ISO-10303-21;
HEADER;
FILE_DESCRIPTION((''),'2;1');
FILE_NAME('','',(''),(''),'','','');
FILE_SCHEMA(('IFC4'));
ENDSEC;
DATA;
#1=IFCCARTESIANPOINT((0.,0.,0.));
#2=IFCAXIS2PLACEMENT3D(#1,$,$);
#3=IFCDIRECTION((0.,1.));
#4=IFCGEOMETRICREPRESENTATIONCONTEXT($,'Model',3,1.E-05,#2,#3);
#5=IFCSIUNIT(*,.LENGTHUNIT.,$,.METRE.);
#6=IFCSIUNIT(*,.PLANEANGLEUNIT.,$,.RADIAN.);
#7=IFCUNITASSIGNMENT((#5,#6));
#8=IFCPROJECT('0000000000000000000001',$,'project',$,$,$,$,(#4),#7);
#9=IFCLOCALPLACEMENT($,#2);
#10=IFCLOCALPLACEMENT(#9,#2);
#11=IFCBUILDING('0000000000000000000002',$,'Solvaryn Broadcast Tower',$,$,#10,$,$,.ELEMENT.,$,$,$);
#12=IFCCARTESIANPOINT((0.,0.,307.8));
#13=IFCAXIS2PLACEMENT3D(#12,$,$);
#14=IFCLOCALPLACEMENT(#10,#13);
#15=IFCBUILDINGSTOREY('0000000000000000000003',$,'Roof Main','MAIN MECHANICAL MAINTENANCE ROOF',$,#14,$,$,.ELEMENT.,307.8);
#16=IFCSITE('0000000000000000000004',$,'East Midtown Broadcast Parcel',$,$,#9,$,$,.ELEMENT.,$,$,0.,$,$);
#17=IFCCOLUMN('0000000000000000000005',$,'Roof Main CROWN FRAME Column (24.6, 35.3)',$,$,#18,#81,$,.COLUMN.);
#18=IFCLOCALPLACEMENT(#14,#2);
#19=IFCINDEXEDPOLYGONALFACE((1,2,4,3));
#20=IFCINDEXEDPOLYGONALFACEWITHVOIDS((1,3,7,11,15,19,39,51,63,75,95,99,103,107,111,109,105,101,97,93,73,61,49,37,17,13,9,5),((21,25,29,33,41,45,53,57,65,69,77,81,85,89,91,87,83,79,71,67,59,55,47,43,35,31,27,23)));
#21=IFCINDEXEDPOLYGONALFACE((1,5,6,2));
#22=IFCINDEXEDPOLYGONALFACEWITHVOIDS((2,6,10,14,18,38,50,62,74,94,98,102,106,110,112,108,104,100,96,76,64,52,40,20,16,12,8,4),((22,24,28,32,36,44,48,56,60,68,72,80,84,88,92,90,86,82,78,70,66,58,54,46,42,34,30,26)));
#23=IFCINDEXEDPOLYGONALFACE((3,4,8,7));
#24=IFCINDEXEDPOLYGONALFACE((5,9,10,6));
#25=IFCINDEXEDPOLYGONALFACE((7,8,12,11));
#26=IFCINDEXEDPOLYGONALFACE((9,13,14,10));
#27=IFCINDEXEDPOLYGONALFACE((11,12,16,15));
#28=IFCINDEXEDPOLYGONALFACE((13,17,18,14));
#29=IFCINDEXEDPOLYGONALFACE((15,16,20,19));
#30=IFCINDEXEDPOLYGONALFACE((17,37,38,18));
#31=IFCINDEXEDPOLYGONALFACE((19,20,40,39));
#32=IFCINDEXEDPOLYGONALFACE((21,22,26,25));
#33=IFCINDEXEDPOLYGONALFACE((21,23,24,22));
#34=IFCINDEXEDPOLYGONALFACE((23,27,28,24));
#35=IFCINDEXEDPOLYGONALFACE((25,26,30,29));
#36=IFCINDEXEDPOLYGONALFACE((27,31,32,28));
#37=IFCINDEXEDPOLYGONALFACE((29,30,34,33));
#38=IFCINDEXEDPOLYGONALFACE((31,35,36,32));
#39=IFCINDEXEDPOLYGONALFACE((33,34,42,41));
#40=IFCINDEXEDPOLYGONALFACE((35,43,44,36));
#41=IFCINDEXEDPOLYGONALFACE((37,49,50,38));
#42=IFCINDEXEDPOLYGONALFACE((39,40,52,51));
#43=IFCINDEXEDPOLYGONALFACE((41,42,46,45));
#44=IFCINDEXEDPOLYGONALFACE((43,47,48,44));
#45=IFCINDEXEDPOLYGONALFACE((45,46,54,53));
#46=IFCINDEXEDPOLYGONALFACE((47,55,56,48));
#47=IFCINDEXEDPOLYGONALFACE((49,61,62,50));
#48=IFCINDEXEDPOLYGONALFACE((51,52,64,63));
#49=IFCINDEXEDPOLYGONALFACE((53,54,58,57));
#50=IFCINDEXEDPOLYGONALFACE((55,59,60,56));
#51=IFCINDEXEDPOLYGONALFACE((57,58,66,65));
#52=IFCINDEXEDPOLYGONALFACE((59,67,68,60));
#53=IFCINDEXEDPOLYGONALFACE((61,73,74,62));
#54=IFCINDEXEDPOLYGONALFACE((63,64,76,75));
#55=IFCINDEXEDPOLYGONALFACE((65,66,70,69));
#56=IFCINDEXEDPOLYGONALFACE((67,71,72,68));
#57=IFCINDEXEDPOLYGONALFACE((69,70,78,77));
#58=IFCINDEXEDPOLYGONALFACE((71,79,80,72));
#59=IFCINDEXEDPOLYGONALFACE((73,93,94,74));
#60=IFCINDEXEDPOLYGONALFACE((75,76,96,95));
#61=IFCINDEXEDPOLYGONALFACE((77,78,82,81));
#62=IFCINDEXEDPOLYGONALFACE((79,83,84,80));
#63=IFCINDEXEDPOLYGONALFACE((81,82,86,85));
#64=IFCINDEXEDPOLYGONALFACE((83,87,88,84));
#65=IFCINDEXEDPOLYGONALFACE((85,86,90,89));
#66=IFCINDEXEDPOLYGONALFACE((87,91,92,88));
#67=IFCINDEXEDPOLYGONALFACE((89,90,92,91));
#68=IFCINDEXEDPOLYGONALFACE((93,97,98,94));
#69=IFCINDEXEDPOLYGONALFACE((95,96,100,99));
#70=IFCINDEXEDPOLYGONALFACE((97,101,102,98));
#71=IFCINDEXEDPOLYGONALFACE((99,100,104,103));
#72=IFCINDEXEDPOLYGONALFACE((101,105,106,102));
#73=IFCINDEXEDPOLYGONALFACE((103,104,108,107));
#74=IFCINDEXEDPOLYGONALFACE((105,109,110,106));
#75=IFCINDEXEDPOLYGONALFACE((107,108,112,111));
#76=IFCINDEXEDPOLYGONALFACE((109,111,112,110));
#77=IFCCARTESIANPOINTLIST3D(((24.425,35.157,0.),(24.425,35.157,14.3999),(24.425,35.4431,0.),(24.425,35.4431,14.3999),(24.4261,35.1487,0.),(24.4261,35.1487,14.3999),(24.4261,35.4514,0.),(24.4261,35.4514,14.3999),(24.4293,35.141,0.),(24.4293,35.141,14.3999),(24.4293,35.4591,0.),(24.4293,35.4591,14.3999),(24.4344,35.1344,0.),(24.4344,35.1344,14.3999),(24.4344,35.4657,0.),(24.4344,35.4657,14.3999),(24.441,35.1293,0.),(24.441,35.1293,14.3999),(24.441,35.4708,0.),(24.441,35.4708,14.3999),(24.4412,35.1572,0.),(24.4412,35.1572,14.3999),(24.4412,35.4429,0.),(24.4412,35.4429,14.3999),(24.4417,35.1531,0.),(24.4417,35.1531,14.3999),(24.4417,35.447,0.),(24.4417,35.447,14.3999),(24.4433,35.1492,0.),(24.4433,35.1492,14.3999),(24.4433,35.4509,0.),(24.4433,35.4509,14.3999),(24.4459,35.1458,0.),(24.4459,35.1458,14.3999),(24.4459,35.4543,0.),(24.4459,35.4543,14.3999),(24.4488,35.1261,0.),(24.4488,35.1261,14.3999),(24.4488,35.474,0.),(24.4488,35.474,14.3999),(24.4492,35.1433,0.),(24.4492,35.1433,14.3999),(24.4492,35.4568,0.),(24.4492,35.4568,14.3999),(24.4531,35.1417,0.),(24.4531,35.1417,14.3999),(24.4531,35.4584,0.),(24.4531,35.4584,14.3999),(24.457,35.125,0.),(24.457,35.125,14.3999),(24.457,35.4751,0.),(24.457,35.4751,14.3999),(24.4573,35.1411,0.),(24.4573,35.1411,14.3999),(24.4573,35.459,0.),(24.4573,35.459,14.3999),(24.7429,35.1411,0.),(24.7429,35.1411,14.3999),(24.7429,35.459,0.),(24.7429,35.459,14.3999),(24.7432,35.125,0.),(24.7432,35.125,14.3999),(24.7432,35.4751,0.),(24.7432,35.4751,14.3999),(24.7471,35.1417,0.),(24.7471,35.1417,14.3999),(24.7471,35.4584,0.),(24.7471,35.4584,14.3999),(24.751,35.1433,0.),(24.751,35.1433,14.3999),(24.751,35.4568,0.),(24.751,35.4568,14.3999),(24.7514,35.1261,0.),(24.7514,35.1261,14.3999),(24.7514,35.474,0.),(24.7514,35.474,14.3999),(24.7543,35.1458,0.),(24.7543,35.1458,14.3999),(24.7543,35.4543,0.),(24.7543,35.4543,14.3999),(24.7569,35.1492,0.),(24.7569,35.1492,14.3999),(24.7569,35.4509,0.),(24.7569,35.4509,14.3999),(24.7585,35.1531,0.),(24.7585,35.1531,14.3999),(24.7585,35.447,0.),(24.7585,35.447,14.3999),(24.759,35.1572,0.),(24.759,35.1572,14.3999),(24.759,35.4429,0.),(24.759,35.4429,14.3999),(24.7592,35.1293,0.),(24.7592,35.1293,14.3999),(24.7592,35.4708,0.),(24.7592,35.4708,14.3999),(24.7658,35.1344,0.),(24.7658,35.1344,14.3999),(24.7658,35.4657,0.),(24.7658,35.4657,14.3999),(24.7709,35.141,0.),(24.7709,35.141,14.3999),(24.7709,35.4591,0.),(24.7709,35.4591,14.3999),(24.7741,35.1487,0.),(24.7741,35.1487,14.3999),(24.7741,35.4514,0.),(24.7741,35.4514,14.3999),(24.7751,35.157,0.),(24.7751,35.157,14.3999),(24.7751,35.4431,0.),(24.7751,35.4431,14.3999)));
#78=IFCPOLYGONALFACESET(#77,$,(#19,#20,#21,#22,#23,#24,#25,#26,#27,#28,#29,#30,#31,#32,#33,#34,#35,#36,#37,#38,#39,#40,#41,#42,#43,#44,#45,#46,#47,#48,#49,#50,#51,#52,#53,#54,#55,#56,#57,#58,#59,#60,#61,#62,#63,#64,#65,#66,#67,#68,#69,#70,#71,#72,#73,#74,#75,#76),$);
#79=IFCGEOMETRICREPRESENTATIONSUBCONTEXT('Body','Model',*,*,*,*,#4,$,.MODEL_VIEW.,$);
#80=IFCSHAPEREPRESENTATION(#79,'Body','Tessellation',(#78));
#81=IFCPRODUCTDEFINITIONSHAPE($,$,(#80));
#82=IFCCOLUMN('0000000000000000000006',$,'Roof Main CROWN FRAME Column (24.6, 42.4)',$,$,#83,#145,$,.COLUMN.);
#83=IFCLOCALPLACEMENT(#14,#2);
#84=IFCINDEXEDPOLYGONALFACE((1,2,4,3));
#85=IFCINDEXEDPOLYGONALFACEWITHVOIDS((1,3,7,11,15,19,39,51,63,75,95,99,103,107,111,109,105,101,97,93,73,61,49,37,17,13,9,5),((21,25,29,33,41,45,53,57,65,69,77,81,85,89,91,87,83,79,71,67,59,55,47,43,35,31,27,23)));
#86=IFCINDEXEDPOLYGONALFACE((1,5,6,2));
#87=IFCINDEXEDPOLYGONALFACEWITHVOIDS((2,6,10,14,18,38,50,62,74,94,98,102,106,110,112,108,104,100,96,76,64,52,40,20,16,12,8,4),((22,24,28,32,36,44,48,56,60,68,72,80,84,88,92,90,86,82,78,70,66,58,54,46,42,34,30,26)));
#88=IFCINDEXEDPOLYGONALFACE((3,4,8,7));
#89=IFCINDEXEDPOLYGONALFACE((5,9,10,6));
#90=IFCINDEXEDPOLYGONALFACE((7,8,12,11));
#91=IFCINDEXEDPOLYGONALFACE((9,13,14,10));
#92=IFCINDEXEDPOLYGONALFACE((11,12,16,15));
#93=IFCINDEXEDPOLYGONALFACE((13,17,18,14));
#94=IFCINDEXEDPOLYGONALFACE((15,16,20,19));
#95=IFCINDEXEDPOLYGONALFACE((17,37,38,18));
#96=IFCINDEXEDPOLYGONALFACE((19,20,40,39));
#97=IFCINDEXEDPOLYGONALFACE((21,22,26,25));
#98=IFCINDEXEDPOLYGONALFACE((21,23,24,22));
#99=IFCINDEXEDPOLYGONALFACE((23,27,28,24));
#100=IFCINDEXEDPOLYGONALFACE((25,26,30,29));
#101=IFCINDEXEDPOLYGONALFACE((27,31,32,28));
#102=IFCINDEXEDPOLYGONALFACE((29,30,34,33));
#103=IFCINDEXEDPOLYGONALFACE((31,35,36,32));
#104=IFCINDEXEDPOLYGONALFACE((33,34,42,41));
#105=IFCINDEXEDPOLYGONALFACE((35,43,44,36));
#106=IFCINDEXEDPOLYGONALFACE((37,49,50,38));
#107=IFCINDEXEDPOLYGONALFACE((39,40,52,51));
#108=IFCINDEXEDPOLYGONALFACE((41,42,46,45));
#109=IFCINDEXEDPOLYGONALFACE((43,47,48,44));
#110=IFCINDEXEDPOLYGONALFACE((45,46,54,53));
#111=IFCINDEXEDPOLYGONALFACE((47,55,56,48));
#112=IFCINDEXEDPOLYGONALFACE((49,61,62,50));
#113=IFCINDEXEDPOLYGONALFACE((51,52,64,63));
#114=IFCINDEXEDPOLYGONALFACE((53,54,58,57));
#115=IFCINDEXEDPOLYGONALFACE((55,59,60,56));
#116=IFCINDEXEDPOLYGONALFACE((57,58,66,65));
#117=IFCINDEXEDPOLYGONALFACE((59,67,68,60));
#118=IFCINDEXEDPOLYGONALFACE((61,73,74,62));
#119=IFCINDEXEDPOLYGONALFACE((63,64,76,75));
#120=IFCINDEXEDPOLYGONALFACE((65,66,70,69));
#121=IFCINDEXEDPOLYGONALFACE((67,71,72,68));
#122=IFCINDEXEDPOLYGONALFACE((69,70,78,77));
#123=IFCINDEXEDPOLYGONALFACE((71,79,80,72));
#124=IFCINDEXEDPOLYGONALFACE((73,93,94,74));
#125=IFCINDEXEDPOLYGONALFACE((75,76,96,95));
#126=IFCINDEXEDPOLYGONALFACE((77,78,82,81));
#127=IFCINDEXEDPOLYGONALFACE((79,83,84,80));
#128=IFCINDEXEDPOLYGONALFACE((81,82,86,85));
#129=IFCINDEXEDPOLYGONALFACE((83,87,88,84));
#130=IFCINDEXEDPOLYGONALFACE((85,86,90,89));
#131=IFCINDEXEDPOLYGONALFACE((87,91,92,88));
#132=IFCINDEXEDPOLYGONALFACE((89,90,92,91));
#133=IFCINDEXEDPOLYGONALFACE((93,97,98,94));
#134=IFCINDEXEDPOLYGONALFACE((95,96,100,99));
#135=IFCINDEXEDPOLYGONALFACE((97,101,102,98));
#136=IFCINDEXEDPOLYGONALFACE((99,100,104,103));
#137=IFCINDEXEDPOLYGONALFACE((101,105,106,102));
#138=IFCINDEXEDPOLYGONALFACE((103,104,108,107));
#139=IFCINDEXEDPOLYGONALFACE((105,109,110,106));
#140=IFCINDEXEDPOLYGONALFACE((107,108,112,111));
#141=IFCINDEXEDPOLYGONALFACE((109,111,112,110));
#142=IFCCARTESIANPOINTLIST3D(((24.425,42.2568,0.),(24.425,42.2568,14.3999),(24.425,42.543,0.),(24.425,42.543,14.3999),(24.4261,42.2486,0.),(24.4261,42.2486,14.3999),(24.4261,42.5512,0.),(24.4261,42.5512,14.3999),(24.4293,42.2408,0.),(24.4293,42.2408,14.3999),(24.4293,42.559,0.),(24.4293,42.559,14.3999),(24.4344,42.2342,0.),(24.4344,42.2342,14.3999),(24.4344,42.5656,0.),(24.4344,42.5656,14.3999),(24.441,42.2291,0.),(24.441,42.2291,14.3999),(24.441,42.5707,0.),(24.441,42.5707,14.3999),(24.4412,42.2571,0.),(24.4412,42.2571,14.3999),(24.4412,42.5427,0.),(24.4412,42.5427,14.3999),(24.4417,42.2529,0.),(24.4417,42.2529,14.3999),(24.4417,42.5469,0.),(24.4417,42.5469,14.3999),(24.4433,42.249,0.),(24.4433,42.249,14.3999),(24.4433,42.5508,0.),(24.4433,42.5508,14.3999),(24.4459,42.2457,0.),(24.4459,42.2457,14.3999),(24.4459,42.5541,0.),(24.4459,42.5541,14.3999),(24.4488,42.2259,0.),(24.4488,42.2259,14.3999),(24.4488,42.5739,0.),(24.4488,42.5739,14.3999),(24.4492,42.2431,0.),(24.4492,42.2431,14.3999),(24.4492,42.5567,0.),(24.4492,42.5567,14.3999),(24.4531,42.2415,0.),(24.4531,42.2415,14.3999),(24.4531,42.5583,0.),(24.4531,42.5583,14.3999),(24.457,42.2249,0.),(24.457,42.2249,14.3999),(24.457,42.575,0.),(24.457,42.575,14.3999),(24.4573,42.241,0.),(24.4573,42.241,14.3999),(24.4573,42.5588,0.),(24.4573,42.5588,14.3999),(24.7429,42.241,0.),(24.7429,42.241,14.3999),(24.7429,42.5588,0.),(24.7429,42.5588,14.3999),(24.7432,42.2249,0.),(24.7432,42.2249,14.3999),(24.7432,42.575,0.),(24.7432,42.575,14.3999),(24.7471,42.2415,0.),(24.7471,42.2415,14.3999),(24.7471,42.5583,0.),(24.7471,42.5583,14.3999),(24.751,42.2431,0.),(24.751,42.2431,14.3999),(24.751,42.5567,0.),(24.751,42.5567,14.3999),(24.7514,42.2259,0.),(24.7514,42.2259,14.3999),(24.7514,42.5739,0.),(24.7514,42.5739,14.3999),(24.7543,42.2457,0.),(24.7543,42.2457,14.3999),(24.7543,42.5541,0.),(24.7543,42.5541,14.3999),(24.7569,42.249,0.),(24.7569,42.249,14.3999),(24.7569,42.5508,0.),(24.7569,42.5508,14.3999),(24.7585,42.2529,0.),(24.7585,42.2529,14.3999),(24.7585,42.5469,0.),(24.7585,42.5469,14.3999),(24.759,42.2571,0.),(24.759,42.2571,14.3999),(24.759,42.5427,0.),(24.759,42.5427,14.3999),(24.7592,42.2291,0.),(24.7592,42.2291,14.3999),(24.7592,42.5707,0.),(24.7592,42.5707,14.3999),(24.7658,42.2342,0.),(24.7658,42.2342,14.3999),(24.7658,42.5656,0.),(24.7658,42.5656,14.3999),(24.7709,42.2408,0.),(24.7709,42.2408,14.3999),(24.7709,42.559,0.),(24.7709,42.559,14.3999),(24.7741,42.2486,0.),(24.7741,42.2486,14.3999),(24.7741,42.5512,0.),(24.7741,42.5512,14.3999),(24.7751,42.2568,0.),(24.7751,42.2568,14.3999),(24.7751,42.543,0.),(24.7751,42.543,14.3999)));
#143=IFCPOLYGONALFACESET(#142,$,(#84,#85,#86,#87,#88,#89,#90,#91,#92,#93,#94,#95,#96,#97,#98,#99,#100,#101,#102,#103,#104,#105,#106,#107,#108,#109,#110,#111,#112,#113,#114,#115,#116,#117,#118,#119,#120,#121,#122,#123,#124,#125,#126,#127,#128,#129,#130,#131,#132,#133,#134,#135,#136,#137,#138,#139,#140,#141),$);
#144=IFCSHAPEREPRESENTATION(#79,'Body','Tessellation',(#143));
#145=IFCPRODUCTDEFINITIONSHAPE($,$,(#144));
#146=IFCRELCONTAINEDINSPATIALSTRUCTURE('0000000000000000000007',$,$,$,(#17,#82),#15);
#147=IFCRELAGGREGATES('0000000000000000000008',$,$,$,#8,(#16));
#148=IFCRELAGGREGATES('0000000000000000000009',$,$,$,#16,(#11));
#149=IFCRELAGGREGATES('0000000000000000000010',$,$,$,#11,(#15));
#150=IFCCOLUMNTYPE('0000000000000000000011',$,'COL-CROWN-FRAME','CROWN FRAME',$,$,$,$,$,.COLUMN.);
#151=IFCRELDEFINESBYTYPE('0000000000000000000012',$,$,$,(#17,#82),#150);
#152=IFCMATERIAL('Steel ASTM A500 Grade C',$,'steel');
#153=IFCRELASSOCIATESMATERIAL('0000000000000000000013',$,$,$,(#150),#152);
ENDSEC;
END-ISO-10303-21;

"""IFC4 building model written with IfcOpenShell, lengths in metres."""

from ifc_helpers import new_model, si_unit, direction, frame, origin, origin_2d, place, context, subcontext, project, spatial, hollow_rectangle, extrude, material, material_profile, profile_set, type_object, element, save


model = new_model("IFC4")

# Units and contexts
model_context = context("Model", 3, precision=1e-05, world=origin(), true_north=direction((0.0, 1.0)))
body_context = subcontext(model_context, "Body", "Model", "MODEL_VIEW")
ifc_project = project(units=[si_unit("LENGTHUNIT", "METRE"), si_unit("PLANEANGLEUNIT", "RADIAN")], contexts=[model_context])

# Site, building, storey
site_placement = place(None, origin())
site = spatial("IfcSite", under=ifc_project, at=site_placement, Name="East Midtown Broadcast Parcel", CompositionType="ELEMENT", RefElevation=0.0)
building_placement = place(site_placement, origin())
building = spatial("IfcBuilding", under=site, at=building_placement, Name="Solvaryn Broadcast Tower", CompositionType="ELEMENT")
storey_placement = place(building_placement, frame((0.0, 0.0, 307.8)))
storey = spatial("IfcBuildingStorey", under=building, at=storey_placement, Name="Roof Main", Description="MAIN MECHANICAL MAINTENANCE ROOF", CompositionType="ELEMENT", Elevation=307.8)

# Columns
ifc_material_1 = material(Name="Steel ASTM A500 Grade C", Category="steel")
ifc_material_profile_1 = material_profile(ifc_material_1, hollow_rectangle(XDim=0.3501, YDim=0.3501, WallThickness=0.0161, InnerFilletRadius=0.0161, OuterFilletRadius=0.032, at=origin_2d()))
ifc_profile_set_1 = profile_set([ifc_material_profile_1], Name="Steel ASTM A500 Grade C")
column_type = type_object("IfcColumnType", Name="COL-CROWN-FRAME", Description="CROWN FRAME", PredefinedType="COLUMN", material=ifc_profile_set_1)
for number, where, z_axis, x_axis, name in (
    (1, (24.6001, 35.3, 0.0), (0.0, 0.0, 1.0), (1.0, 0.0, 0.0), "Roof Main CROWN FRAME Column (24.6, 35.3)"),
    (2, (24.6001, 42.3999, 0.0), (0.0, 0.0, 1.0), (1.0, 0.0, 0.0), "Roof Main CROWN FRAME Column (24.6, 42.4)"),
):
    element("IfcColumn", number, at=place(storey_placement, frame(where, z_axis=z_axis, x_axis=x_axis)), inside=storey, type_object=column_type, Name=name, PredefinedType="COLUMN", context=body_context, shape_type="SweptSolid", body=[
        extrude(hollow_rectangle(XDim=0.3501, YDim=0.3501, WallThickness=0.0161, InnerFilletRadius=0.0161, OuterFilletRadius=0.032, at=origin_2d()), origin(), (0.0, 0.0, 1.0), 14.3999),
    ])

save(model, "model.ifc")
